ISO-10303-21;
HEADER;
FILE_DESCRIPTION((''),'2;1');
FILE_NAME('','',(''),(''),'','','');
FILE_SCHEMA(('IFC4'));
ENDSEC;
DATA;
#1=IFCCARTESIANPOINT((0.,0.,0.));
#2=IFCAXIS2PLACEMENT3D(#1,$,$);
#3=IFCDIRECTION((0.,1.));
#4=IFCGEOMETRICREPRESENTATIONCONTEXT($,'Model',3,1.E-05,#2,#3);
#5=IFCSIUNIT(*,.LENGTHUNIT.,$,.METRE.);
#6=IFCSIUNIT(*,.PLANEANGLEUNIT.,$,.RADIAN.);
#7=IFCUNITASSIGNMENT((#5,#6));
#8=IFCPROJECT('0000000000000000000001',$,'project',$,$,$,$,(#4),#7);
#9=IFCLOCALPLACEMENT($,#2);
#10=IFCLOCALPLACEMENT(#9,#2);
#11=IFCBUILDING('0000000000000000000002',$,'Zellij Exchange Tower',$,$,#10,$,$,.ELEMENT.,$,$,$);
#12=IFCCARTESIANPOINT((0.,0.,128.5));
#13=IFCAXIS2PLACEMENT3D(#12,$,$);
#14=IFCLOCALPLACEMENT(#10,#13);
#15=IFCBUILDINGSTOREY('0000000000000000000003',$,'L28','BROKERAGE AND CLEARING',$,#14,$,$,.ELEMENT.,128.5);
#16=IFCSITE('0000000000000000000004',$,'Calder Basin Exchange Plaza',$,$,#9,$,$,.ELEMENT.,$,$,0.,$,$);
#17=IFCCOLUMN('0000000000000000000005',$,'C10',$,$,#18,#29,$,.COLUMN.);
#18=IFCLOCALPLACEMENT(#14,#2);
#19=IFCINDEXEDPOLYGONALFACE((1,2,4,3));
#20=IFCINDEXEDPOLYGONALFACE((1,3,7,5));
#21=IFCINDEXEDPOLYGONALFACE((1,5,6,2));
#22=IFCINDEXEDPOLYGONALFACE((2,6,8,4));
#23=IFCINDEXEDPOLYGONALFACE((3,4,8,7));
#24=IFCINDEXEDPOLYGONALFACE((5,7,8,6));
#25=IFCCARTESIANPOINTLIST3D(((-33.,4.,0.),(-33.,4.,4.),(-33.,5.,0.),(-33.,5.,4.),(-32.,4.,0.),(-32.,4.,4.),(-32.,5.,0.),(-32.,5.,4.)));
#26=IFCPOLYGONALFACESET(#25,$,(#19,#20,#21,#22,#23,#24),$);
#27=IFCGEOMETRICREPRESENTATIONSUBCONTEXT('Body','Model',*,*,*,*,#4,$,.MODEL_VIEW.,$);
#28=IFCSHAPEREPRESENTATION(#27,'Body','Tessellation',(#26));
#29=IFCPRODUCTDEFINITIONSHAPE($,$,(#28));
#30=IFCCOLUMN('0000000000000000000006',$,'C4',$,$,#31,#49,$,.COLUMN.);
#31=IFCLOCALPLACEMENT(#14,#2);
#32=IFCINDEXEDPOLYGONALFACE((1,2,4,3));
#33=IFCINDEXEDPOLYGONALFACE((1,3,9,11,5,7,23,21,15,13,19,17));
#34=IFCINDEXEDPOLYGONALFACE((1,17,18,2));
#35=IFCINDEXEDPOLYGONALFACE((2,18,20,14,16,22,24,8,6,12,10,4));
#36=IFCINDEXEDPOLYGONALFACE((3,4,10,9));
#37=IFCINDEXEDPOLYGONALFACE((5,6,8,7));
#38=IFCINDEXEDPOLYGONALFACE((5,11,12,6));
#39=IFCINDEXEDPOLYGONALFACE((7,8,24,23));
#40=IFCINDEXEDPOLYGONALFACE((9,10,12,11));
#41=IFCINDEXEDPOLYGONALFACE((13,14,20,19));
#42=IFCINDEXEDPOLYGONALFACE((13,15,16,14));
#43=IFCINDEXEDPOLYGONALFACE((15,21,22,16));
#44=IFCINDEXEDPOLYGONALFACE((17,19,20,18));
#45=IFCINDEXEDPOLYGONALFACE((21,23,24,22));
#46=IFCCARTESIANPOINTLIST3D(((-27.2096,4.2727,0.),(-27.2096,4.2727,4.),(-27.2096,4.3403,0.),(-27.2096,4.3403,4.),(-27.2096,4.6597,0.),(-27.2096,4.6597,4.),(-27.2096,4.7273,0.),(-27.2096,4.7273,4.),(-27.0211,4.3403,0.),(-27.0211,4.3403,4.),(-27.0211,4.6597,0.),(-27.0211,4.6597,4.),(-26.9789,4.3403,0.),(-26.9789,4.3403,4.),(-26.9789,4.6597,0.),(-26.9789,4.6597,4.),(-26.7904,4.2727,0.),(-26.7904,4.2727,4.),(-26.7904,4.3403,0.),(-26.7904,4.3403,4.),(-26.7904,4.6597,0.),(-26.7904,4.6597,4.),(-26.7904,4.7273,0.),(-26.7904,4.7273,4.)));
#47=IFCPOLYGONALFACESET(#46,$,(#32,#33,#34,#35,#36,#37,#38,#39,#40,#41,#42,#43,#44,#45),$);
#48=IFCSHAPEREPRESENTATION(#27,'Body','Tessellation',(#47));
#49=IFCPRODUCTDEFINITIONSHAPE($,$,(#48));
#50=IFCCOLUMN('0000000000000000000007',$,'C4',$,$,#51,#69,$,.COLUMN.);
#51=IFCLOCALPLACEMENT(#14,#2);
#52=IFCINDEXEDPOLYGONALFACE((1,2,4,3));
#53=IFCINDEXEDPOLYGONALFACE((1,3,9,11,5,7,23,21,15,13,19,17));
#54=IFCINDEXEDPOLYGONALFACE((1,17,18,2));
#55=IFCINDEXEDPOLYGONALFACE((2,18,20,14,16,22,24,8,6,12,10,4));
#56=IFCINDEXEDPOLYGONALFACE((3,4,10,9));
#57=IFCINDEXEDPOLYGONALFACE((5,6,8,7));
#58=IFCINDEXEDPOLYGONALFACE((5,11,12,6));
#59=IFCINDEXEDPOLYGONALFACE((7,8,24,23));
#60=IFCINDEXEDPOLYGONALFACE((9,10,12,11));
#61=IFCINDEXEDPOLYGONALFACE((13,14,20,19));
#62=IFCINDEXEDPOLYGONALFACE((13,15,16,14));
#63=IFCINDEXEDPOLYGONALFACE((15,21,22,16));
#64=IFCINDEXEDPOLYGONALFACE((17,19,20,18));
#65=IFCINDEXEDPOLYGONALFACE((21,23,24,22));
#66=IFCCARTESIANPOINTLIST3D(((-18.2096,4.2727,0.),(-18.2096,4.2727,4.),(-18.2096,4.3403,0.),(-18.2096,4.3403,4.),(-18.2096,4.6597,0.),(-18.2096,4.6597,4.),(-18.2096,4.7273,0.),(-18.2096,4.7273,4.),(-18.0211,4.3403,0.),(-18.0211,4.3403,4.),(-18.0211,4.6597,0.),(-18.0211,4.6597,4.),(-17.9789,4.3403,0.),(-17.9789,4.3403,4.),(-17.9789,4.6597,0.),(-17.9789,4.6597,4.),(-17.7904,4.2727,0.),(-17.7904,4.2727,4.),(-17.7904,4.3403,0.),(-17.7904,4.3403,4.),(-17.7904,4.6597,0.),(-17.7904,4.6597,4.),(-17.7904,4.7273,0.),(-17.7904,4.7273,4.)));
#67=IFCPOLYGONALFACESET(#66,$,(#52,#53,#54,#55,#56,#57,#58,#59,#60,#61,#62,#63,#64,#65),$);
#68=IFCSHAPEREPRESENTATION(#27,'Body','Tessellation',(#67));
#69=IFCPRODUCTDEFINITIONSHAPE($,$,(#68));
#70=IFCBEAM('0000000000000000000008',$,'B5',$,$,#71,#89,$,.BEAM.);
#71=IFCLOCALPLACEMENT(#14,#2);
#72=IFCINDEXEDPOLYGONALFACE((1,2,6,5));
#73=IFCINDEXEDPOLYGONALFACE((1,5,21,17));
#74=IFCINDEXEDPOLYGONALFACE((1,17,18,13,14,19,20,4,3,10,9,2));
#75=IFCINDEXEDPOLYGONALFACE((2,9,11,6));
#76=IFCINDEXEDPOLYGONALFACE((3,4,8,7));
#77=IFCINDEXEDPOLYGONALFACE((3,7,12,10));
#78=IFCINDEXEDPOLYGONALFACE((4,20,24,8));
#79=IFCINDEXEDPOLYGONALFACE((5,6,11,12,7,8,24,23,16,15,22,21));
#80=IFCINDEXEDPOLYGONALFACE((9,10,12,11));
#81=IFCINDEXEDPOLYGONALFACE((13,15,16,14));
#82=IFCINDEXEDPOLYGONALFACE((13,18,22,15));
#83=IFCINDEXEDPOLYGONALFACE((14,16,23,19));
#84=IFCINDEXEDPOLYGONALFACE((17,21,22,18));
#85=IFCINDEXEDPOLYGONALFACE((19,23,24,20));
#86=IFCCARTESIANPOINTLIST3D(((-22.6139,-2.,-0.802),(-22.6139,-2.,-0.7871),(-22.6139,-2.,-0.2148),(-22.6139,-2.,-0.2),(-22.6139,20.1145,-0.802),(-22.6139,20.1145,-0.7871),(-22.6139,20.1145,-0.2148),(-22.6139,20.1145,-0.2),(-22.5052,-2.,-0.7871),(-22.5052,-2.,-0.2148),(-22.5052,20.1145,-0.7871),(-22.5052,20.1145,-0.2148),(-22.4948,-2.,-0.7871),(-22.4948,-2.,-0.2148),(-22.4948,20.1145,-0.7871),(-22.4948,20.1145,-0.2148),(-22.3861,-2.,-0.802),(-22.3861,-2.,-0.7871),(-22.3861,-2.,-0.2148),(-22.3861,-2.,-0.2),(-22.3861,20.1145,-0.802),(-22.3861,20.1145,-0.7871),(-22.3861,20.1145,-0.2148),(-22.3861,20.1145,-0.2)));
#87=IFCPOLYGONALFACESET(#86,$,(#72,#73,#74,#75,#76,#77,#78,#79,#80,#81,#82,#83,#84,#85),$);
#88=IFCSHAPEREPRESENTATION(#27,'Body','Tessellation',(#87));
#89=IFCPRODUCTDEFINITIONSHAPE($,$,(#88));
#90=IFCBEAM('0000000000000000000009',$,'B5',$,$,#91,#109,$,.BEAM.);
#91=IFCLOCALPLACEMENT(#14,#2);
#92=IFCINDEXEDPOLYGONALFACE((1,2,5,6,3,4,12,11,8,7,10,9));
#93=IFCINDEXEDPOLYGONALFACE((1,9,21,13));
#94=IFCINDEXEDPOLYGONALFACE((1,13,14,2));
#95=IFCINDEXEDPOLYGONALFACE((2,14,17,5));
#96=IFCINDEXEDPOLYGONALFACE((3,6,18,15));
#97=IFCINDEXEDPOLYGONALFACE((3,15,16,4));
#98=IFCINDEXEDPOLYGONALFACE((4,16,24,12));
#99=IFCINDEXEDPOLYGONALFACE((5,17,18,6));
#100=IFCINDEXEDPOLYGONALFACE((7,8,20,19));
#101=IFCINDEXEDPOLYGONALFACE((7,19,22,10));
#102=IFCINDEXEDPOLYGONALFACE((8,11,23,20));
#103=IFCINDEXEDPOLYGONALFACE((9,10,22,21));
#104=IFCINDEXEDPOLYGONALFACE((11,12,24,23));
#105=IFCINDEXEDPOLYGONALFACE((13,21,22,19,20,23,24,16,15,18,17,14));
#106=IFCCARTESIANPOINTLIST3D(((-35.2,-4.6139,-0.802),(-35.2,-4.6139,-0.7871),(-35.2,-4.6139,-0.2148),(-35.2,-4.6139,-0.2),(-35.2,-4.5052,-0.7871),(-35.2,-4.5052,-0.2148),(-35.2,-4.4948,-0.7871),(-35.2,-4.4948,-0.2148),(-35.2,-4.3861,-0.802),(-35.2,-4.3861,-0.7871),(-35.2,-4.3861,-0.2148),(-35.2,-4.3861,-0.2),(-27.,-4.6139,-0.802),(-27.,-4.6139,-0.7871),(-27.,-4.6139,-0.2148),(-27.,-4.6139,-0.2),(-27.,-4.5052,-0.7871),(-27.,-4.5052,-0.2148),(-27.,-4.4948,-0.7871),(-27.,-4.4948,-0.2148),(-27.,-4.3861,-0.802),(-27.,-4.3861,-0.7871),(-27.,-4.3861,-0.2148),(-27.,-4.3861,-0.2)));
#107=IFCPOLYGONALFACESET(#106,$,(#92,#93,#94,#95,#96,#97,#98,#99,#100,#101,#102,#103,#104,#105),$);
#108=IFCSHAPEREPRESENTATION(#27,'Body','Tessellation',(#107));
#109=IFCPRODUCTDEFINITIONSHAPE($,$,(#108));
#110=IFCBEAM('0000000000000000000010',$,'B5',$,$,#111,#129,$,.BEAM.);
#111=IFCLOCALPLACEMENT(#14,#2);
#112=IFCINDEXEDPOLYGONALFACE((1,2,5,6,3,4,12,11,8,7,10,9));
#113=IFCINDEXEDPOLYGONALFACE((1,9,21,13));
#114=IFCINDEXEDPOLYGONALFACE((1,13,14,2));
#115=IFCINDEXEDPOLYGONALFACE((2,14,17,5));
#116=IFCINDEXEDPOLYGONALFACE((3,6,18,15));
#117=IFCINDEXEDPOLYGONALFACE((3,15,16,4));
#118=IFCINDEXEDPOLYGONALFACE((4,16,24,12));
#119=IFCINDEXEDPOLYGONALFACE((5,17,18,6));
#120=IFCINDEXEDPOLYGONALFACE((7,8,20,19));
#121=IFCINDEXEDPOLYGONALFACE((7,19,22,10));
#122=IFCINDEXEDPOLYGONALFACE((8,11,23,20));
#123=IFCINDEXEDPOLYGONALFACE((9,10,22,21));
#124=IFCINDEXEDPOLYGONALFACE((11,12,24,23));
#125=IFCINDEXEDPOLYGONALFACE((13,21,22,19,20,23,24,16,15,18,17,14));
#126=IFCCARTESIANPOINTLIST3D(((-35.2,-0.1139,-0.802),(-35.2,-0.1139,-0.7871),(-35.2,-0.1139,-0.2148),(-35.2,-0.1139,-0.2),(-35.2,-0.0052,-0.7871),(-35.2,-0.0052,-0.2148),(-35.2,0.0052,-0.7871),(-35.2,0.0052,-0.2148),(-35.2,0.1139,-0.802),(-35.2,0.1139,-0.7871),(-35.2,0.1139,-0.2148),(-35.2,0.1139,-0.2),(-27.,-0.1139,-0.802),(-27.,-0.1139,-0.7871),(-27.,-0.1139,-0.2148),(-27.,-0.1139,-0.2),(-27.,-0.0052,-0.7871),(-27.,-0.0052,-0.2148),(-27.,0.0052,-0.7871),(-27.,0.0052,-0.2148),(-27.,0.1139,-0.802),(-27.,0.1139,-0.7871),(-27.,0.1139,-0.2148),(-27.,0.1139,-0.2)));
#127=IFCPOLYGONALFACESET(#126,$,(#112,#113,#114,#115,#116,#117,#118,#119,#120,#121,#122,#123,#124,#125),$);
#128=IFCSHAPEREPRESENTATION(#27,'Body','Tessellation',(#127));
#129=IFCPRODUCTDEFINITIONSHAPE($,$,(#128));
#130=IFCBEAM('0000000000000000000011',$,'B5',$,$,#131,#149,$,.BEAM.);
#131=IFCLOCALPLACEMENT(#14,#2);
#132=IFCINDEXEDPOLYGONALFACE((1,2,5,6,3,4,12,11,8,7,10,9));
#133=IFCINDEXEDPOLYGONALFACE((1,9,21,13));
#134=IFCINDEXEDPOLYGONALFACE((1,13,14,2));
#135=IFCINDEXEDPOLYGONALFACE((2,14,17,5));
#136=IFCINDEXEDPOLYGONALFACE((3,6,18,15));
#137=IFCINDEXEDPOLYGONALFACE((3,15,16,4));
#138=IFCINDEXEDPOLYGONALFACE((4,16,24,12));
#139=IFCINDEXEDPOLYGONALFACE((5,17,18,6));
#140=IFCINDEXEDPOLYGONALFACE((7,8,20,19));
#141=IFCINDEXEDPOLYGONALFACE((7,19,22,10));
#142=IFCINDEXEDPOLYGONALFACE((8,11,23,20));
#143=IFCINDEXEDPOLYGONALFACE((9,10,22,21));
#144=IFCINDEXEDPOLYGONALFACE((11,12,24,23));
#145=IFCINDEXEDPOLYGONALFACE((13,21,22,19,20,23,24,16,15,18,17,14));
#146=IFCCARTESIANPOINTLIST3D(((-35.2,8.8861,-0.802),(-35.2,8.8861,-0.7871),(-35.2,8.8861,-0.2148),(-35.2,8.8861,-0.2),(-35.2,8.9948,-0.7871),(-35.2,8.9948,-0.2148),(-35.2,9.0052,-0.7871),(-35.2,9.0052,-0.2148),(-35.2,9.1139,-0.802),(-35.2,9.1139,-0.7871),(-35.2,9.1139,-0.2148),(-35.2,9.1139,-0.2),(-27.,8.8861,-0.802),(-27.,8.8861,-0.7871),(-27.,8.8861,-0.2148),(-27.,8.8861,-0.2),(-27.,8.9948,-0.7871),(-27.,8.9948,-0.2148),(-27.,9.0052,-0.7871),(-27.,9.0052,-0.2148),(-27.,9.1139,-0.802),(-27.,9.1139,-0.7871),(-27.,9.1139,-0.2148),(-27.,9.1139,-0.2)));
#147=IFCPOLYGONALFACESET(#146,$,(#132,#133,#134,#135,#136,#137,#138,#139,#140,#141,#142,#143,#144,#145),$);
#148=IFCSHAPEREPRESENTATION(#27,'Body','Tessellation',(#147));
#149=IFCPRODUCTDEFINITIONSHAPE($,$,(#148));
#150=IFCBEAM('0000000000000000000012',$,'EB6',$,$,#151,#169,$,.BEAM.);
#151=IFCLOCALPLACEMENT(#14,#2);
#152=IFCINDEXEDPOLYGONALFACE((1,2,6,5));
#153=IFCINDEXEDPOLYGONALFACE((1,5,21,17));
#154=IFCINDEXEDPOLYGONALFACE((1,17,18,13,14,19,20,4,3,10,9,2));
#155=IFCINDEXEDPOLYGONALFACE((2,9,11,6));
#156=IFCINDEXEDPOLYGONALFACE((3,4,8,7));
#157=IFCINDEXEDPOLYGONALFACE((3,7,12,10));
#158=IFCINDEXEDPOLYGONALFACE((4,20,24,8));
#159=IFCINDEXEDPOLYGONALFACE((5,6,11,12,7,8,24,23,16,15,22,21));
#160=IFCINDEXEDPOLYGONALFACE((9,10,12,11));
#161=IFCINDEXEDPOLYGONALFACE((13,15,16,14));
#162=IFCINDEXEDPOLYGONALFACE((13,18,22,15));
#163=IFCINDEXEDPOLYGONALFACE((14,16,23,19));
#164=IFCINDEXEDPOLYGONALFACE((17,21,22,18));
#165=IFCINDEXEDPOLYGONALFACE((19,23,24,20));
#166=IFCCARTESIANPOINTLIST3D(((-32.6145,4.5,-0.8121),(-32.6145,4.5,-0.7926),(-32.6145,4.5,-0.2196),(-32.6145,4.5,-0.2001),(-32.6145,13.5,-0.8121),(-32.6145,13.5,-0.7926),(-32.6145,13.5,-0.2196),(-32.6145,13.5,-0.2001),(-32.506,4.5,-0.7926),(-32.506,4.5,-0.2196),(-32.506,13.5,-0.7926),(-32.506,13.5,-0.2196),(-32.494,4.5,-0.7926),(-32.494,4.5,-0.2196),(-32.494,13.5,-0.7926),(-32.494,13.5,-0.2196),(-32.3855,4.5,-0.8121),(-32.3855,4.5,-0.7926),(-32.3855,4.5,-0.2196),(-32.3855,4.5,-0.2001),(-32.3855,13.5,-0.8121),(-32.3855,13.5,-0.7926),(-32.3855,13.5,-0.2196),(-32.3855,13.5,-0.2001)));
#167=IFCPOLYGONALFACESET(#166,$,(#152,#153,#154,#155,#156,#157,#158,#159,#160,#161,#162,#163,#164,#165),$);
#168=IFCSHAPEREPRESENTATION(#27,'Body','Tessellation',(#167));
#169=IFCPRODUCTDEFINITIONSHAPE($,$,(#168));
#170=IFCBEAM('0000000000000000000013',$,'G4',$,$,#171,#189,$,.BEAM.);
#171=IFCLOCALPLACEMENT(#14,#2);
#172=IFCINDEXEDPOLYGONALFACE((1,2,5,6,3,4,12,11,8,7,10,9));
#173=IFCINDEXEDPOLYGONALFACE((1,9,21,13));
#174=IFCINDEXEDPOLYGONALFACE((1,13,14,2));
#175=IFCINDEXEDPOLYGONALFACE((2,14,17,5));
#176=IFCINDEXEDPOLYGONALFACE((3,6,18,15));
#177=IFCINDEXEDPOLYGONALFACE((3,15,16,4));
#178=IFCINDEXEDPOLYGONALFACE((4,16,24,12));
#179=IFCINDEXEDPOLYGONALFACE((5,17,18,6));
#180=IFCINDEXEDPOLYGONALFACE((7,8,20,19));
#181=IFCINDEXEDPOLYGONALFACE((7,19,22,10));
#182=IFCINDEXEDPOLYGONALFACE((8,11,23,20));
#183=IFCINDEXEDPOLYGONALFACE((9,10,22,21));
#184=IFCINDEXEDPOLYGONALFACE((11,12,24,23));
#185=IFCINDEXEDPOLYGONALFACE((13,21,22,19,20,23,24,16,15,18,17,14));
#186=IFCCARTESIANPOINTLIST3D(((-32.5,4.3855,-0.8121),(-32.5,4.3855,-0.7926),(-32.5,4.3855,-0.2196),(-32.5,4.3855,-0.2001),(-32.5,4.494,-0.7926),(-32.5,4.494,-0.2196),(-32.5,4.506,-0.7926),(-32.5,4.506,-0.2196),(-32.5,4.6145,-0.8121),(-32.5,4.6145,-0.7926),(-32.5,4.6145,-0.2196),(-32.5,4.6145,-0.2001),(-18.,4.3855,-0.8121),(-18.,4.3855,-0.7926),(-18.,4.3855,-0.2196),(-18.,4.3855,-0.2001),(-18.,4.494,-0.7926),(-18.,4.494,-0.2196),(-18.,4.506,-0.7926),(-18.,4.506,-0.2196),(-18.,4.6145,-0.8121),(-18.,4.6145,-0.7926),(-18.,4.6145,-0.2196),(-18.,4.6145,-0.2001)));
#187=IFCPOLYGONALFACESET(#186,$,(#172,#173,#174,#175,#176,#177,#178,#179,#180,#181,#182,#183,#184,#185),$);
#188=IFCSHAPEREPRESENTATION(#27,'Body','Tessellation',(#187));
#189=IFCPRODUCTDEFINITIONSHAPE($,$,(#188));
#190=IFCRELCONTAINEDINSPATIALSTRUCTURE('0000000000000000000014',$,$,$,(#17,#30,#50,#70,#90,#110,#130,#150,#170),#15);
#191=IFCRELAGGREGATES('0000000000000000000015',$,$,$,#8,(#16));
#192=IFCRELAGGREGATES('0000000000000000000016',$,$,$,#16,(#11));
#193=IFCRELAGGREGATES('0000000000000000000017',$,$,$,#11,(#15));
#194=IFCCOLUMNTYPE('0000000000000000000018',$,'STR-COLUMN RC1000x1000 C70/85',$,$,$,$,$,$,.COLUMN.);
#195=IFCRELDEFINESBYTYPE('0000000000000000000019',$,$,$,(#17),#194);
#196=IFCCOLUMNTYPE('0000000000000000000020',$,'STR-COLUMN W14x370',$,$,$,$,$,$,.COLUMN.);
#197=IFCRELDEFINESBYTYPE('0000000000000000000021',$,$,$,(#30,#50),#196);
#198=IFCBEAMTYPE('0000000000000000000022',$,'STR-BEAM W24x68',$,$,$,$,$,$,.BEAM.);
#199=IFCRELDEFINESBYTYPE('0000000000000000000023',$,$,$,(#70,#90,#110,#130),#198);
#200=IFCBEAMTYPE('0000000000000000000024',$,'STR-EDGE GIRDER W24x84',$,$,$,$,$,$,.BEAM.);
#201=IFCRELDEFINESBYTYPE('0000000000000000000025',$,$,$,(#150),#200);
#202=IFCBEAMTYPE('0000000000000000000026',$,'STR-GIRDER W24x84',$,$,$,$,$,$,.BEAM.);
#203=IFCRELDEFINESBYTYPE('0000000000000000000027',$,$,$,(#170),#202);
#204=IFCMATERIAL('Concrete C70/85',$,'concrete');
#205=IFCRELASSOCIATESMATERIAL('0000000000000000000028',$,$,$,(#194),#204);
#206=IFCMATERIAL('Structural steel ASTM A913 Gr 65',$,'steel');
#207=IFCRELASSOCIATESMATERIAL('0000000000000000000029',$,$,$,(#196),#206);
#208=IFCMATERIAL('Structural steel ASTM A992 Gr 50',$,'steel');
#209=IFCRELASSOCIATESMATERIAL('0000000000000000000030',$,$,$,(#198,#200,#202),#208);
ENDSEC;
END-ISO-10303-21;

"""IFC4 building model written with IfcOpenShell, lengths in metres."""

from ifc_helpers import new_model, si_unit, direction, frame, origin, origin_2d, place, context, subcontext, project, spatial, rectangle, i_section, extrude, material, material_profile, profile_set, type_object, element, save


model = new_model("IFC4")

# Units and contexts
model_context = context("Model", 3, precision=1e-05, world=origin(), true_north=direction((0.0, 1.0)))
body_context = subcontext(model_context, "Body", "Model", "MODEL_VIEW")
ifc_project = project(units=[si_unit("LENGTHUNIT", "METRE"), si_unit("PLANEANGLEUNIT", "RADIAN")], contexts=[model_context])

# Site, building, storey
site_placement = place(None, origin())
site = spatial("IfcSite", under=ifc_project, at=site_placement, Name="Calder Basin Exchange Plaza", CompositionType="ELEMENT", RefElevation=0.0)
building_placement = place(site_placement, origin())
building = spatial("IfcBuilding", under=site, at=building_placement, Name="Zellij Exchange Tower", CompositionType="ELEMENT")
storey_placement = place(building_placement, frame((0.0, 0.0, 128.5)))
storey = spatial("IfcBuildingStorey", under=building, at=storey_placement, Name="L28", Description="BROKERAGE AND CLEARING", CompositionType="ELEMENT", Elevation=128.5)

# Columns
ifc_material_1 = material(Name="Concrete C70/85", Category="concrete")
ifc_material_profile_1 = material_profile(ifc_material_1, rectangle(XDim=1.0, YDim=1.0, at=origin_2d()), Name="STR-COLUMN RC1000x1000 C70/85")
ifc_profile_set_1 = profile_set([ifc_material_profile_1], Name="Concrete C70/85")
column_type_1 = type_object("IfcColumnType", Name="STR-COLUMN RC1000x1000 C70/85", PredefinedType="COLUMN", material=ifc_profile_set_1)
column_placement = place(storey_placement, frame((-32.5, 4.5, 0.0), z_axis=(0.0, 0.0, 1.0), x_axis=(1.0, 0.0, 0.0)))
element("IfcColumn", 1, at=column_placement, inside=storey, type_object=column_type_1, Name="C10", PredefinedType="COLUMN", context=body_context, shape_type="SweptSolid", body=[
    extrude(rectangle(XDim=1.0, YDim=1.0, at=origin_2d()), origin(), (0.0, 0.0, 1.0), 4.0),
])
ifc_material_2 = material(Name="Structural steel ASTM A913 Gr 65", Category="steel")
ifc_material_profile_2 = material_profile(ifc_material_2, i_section(OverallWidth=0.4192, OverallDepth=0.4546, WebThickness=0.0422, FlangeThickness=0.0676, at=origin_2d()), Name="W14x370")
ifc_profile_set_2 = profile_set([ifc_material_profile_2], Name="Structural steel ASTM A913 Gr 65")
column_type_2 = type_object("IfcColumnType", Name="STR-COLUMN W14x370", PredefinedType="COLUMN", material=ifc_profile_set_2)
for number, where, z_axis, x_axis, name in (
    (2, (-27.0, 4.5, 0.0), (0.0, 0.0, 1.0), (1.0, 0.0, 0.0), "C4"),
    (3, (-18.0, 4.5, 0.0), (0.0, 0.0, 1.0), (1.0, 0.0, 0.0), "C4"),
):
    element("IfcColumn", number, at=place(storey_placement, frame(where, z_axis=z_axis, x_axis=x_axis)), inside=storey, type_object=column_type_2, Name=name, PredefinedType="COLUMN", context=body_context, shape_type="SweptSolid", body=[
        extrude(i_section(OverallWidth=0.4192, OverallDepth=0.4546, WebThickness=0.0422, FlangeThickness=0.0676, at=origin_2d()), origin(), (0.0, 0.0, 1.0), 4.0),
    ])

# Beams
ifc_material_3 = material(Name="Structural steel ASTM A992 Gr 50", Category="steel")
ifc_material_profile_3 = material_profile(ifc_material_3, i_section(OverallWidth=0.2278, OverallDepth=0.6021, WebThickness=0.0105, FlangeThickness=0.0149, at=origin_2d()), Name="W24x68")
ifc_profile_set_3 = profile_set([ifc_material_profile_3], Name="Structural steel ASTM A992 Gr 50")
beam_type_1 = type_object("IfcBeamType", Name="STR-BEAM W24x68", PredefinedType="BEAM", material=ifc_profile_set_3)
beam_1_placement = place(storey_placement, frame((-22.5, -2.0, -0.501), z_axis=(0.0, 1.0, 0.0), x_axis=(-1.0, 0.0, 0.0)))
element("IfcBeam", 4, at=beam_1_placement, inside=storey, type_object=beam_type_1, Name="B5", PredefinedType="BEAM", context=body_context, shape_type="SweptSolid", body=[
    extrude(i_section(OverallWidth=0.2278, OverallDepth=0.6021, WebThickness=0.0105, FlangeThickness=0.0149, at=origin_2d()), origin(), (0.0, 0.0, 1.0), 22.1145),
])
for number, where, z_axis, x_axis, name in (
    (5, (-35.2, -4.5, -0.501), (1.0, 0.0, 0.0), (0.0, 1.0, 0.0), "B5"),
    (6, (-35.2, 0.0, -0.501), (1.0, 0.0, 0.0), (0.0, 1.0, 0.0), "B5"),
    (7, (-35.2, 9.0, -0.501), (1.0, 0.0, 0.0), (0.0, 1.0, 0.0), "B5"),
):
    element("IfcBeam", number, at=place(storey_placement, frame(where, z_axis=z_axis, x_axis=x_axis)), inside=storey, type_object=beam_type_1, Name=name, PredefinedType="BEAM", context=body_context, shape_type="SweptSolid", body=[
        extrude(i_section(OverallWidth=0.2278, OverallDepth=0.6021, WebThickness=0.0105, FlangeThickness=0.0149, at=origin_2d()), origin(), (0.0, 0.0, 1.0), 8.2),
    ])
ifc_material_profile_4 = material_profile(ifc_material_3, i_section(OverallWidth=0.229, OverallDepth=0.6121, WebThickness=0.012, FlangeThickness=0.0195, at=origin_2d()), Name="W24x84")
ifc_profile_set_4 = profile_set([ifc_material_profile_4], Name="Structural steel ASTM A992 Gr 50")
beam_type_2 = type_object("IfcBeamType", Name="STR-EDGE GIRDER W24x84", PredefinedType="BEAM", material=ifc_profile_set_4)
beam_2_placement = place(storey_placement, frame((-32.5, 4.5, -0.5061), z_axis=(0.0, 1.0, 0.0), x_axis=(-1.0, 0.0, 0.0)))
element("IfcBeam", 8, at=beam_2_placement, inside=storey, type_object=beam_type_2, Name="EB6", PredefinedType="BEAM", context=body_context, shape_type="SweptSolid", body=[
    extrude(i_section(OverallWidth=0.229, OverallDepth=0.6121, WebThickness=0.012, FlangeThickness=0.0195, at=origin_2d()), origin(), (0.0, 0.0, 1.0), 9.0),
])
ifc_material_profile_5 = material_profile(ifc_material_3, i_section(OverallWidth=0.229, OverallDepth=0.6121, WebThickness=0.012, FlangeThickness=0.0195, at=origin_2d()), Name="W24x84")
ifc_profile_set_5 = profile_set([ifc_material_profile_5], Name="Structural steel ASTM A992 Gr 50")
beam_type_3 = type_object("IfcBeamType", Name="STR-GIRDER W24x84", PredefinedType="BEAM", material=ifc_profile_set_5)
beam_3_placement = place(storey_placement, frame((-32.5, 4.5, -0.5061), z_axis=(1.0, 0.0, 0.0), x_axis=(0.0, 1.0, 0.0)))
element("IfcBeam", 9, at=beam_3_placement, inside=storey, type_object=beam_type_3, Name="G4", PredefinedType="BEAM", context=body_context, shape_type="SweptSolid", body=[
    extrude(i_section(OverallWidth=0.229, OverallDepth=0.6121, WebThickness=0.012, FlangeThickness=0.0195, at=origin_2d()), origin(), (0.0, 0.0, 1.0), 14.5),
])

save(model, "model.ifc")
